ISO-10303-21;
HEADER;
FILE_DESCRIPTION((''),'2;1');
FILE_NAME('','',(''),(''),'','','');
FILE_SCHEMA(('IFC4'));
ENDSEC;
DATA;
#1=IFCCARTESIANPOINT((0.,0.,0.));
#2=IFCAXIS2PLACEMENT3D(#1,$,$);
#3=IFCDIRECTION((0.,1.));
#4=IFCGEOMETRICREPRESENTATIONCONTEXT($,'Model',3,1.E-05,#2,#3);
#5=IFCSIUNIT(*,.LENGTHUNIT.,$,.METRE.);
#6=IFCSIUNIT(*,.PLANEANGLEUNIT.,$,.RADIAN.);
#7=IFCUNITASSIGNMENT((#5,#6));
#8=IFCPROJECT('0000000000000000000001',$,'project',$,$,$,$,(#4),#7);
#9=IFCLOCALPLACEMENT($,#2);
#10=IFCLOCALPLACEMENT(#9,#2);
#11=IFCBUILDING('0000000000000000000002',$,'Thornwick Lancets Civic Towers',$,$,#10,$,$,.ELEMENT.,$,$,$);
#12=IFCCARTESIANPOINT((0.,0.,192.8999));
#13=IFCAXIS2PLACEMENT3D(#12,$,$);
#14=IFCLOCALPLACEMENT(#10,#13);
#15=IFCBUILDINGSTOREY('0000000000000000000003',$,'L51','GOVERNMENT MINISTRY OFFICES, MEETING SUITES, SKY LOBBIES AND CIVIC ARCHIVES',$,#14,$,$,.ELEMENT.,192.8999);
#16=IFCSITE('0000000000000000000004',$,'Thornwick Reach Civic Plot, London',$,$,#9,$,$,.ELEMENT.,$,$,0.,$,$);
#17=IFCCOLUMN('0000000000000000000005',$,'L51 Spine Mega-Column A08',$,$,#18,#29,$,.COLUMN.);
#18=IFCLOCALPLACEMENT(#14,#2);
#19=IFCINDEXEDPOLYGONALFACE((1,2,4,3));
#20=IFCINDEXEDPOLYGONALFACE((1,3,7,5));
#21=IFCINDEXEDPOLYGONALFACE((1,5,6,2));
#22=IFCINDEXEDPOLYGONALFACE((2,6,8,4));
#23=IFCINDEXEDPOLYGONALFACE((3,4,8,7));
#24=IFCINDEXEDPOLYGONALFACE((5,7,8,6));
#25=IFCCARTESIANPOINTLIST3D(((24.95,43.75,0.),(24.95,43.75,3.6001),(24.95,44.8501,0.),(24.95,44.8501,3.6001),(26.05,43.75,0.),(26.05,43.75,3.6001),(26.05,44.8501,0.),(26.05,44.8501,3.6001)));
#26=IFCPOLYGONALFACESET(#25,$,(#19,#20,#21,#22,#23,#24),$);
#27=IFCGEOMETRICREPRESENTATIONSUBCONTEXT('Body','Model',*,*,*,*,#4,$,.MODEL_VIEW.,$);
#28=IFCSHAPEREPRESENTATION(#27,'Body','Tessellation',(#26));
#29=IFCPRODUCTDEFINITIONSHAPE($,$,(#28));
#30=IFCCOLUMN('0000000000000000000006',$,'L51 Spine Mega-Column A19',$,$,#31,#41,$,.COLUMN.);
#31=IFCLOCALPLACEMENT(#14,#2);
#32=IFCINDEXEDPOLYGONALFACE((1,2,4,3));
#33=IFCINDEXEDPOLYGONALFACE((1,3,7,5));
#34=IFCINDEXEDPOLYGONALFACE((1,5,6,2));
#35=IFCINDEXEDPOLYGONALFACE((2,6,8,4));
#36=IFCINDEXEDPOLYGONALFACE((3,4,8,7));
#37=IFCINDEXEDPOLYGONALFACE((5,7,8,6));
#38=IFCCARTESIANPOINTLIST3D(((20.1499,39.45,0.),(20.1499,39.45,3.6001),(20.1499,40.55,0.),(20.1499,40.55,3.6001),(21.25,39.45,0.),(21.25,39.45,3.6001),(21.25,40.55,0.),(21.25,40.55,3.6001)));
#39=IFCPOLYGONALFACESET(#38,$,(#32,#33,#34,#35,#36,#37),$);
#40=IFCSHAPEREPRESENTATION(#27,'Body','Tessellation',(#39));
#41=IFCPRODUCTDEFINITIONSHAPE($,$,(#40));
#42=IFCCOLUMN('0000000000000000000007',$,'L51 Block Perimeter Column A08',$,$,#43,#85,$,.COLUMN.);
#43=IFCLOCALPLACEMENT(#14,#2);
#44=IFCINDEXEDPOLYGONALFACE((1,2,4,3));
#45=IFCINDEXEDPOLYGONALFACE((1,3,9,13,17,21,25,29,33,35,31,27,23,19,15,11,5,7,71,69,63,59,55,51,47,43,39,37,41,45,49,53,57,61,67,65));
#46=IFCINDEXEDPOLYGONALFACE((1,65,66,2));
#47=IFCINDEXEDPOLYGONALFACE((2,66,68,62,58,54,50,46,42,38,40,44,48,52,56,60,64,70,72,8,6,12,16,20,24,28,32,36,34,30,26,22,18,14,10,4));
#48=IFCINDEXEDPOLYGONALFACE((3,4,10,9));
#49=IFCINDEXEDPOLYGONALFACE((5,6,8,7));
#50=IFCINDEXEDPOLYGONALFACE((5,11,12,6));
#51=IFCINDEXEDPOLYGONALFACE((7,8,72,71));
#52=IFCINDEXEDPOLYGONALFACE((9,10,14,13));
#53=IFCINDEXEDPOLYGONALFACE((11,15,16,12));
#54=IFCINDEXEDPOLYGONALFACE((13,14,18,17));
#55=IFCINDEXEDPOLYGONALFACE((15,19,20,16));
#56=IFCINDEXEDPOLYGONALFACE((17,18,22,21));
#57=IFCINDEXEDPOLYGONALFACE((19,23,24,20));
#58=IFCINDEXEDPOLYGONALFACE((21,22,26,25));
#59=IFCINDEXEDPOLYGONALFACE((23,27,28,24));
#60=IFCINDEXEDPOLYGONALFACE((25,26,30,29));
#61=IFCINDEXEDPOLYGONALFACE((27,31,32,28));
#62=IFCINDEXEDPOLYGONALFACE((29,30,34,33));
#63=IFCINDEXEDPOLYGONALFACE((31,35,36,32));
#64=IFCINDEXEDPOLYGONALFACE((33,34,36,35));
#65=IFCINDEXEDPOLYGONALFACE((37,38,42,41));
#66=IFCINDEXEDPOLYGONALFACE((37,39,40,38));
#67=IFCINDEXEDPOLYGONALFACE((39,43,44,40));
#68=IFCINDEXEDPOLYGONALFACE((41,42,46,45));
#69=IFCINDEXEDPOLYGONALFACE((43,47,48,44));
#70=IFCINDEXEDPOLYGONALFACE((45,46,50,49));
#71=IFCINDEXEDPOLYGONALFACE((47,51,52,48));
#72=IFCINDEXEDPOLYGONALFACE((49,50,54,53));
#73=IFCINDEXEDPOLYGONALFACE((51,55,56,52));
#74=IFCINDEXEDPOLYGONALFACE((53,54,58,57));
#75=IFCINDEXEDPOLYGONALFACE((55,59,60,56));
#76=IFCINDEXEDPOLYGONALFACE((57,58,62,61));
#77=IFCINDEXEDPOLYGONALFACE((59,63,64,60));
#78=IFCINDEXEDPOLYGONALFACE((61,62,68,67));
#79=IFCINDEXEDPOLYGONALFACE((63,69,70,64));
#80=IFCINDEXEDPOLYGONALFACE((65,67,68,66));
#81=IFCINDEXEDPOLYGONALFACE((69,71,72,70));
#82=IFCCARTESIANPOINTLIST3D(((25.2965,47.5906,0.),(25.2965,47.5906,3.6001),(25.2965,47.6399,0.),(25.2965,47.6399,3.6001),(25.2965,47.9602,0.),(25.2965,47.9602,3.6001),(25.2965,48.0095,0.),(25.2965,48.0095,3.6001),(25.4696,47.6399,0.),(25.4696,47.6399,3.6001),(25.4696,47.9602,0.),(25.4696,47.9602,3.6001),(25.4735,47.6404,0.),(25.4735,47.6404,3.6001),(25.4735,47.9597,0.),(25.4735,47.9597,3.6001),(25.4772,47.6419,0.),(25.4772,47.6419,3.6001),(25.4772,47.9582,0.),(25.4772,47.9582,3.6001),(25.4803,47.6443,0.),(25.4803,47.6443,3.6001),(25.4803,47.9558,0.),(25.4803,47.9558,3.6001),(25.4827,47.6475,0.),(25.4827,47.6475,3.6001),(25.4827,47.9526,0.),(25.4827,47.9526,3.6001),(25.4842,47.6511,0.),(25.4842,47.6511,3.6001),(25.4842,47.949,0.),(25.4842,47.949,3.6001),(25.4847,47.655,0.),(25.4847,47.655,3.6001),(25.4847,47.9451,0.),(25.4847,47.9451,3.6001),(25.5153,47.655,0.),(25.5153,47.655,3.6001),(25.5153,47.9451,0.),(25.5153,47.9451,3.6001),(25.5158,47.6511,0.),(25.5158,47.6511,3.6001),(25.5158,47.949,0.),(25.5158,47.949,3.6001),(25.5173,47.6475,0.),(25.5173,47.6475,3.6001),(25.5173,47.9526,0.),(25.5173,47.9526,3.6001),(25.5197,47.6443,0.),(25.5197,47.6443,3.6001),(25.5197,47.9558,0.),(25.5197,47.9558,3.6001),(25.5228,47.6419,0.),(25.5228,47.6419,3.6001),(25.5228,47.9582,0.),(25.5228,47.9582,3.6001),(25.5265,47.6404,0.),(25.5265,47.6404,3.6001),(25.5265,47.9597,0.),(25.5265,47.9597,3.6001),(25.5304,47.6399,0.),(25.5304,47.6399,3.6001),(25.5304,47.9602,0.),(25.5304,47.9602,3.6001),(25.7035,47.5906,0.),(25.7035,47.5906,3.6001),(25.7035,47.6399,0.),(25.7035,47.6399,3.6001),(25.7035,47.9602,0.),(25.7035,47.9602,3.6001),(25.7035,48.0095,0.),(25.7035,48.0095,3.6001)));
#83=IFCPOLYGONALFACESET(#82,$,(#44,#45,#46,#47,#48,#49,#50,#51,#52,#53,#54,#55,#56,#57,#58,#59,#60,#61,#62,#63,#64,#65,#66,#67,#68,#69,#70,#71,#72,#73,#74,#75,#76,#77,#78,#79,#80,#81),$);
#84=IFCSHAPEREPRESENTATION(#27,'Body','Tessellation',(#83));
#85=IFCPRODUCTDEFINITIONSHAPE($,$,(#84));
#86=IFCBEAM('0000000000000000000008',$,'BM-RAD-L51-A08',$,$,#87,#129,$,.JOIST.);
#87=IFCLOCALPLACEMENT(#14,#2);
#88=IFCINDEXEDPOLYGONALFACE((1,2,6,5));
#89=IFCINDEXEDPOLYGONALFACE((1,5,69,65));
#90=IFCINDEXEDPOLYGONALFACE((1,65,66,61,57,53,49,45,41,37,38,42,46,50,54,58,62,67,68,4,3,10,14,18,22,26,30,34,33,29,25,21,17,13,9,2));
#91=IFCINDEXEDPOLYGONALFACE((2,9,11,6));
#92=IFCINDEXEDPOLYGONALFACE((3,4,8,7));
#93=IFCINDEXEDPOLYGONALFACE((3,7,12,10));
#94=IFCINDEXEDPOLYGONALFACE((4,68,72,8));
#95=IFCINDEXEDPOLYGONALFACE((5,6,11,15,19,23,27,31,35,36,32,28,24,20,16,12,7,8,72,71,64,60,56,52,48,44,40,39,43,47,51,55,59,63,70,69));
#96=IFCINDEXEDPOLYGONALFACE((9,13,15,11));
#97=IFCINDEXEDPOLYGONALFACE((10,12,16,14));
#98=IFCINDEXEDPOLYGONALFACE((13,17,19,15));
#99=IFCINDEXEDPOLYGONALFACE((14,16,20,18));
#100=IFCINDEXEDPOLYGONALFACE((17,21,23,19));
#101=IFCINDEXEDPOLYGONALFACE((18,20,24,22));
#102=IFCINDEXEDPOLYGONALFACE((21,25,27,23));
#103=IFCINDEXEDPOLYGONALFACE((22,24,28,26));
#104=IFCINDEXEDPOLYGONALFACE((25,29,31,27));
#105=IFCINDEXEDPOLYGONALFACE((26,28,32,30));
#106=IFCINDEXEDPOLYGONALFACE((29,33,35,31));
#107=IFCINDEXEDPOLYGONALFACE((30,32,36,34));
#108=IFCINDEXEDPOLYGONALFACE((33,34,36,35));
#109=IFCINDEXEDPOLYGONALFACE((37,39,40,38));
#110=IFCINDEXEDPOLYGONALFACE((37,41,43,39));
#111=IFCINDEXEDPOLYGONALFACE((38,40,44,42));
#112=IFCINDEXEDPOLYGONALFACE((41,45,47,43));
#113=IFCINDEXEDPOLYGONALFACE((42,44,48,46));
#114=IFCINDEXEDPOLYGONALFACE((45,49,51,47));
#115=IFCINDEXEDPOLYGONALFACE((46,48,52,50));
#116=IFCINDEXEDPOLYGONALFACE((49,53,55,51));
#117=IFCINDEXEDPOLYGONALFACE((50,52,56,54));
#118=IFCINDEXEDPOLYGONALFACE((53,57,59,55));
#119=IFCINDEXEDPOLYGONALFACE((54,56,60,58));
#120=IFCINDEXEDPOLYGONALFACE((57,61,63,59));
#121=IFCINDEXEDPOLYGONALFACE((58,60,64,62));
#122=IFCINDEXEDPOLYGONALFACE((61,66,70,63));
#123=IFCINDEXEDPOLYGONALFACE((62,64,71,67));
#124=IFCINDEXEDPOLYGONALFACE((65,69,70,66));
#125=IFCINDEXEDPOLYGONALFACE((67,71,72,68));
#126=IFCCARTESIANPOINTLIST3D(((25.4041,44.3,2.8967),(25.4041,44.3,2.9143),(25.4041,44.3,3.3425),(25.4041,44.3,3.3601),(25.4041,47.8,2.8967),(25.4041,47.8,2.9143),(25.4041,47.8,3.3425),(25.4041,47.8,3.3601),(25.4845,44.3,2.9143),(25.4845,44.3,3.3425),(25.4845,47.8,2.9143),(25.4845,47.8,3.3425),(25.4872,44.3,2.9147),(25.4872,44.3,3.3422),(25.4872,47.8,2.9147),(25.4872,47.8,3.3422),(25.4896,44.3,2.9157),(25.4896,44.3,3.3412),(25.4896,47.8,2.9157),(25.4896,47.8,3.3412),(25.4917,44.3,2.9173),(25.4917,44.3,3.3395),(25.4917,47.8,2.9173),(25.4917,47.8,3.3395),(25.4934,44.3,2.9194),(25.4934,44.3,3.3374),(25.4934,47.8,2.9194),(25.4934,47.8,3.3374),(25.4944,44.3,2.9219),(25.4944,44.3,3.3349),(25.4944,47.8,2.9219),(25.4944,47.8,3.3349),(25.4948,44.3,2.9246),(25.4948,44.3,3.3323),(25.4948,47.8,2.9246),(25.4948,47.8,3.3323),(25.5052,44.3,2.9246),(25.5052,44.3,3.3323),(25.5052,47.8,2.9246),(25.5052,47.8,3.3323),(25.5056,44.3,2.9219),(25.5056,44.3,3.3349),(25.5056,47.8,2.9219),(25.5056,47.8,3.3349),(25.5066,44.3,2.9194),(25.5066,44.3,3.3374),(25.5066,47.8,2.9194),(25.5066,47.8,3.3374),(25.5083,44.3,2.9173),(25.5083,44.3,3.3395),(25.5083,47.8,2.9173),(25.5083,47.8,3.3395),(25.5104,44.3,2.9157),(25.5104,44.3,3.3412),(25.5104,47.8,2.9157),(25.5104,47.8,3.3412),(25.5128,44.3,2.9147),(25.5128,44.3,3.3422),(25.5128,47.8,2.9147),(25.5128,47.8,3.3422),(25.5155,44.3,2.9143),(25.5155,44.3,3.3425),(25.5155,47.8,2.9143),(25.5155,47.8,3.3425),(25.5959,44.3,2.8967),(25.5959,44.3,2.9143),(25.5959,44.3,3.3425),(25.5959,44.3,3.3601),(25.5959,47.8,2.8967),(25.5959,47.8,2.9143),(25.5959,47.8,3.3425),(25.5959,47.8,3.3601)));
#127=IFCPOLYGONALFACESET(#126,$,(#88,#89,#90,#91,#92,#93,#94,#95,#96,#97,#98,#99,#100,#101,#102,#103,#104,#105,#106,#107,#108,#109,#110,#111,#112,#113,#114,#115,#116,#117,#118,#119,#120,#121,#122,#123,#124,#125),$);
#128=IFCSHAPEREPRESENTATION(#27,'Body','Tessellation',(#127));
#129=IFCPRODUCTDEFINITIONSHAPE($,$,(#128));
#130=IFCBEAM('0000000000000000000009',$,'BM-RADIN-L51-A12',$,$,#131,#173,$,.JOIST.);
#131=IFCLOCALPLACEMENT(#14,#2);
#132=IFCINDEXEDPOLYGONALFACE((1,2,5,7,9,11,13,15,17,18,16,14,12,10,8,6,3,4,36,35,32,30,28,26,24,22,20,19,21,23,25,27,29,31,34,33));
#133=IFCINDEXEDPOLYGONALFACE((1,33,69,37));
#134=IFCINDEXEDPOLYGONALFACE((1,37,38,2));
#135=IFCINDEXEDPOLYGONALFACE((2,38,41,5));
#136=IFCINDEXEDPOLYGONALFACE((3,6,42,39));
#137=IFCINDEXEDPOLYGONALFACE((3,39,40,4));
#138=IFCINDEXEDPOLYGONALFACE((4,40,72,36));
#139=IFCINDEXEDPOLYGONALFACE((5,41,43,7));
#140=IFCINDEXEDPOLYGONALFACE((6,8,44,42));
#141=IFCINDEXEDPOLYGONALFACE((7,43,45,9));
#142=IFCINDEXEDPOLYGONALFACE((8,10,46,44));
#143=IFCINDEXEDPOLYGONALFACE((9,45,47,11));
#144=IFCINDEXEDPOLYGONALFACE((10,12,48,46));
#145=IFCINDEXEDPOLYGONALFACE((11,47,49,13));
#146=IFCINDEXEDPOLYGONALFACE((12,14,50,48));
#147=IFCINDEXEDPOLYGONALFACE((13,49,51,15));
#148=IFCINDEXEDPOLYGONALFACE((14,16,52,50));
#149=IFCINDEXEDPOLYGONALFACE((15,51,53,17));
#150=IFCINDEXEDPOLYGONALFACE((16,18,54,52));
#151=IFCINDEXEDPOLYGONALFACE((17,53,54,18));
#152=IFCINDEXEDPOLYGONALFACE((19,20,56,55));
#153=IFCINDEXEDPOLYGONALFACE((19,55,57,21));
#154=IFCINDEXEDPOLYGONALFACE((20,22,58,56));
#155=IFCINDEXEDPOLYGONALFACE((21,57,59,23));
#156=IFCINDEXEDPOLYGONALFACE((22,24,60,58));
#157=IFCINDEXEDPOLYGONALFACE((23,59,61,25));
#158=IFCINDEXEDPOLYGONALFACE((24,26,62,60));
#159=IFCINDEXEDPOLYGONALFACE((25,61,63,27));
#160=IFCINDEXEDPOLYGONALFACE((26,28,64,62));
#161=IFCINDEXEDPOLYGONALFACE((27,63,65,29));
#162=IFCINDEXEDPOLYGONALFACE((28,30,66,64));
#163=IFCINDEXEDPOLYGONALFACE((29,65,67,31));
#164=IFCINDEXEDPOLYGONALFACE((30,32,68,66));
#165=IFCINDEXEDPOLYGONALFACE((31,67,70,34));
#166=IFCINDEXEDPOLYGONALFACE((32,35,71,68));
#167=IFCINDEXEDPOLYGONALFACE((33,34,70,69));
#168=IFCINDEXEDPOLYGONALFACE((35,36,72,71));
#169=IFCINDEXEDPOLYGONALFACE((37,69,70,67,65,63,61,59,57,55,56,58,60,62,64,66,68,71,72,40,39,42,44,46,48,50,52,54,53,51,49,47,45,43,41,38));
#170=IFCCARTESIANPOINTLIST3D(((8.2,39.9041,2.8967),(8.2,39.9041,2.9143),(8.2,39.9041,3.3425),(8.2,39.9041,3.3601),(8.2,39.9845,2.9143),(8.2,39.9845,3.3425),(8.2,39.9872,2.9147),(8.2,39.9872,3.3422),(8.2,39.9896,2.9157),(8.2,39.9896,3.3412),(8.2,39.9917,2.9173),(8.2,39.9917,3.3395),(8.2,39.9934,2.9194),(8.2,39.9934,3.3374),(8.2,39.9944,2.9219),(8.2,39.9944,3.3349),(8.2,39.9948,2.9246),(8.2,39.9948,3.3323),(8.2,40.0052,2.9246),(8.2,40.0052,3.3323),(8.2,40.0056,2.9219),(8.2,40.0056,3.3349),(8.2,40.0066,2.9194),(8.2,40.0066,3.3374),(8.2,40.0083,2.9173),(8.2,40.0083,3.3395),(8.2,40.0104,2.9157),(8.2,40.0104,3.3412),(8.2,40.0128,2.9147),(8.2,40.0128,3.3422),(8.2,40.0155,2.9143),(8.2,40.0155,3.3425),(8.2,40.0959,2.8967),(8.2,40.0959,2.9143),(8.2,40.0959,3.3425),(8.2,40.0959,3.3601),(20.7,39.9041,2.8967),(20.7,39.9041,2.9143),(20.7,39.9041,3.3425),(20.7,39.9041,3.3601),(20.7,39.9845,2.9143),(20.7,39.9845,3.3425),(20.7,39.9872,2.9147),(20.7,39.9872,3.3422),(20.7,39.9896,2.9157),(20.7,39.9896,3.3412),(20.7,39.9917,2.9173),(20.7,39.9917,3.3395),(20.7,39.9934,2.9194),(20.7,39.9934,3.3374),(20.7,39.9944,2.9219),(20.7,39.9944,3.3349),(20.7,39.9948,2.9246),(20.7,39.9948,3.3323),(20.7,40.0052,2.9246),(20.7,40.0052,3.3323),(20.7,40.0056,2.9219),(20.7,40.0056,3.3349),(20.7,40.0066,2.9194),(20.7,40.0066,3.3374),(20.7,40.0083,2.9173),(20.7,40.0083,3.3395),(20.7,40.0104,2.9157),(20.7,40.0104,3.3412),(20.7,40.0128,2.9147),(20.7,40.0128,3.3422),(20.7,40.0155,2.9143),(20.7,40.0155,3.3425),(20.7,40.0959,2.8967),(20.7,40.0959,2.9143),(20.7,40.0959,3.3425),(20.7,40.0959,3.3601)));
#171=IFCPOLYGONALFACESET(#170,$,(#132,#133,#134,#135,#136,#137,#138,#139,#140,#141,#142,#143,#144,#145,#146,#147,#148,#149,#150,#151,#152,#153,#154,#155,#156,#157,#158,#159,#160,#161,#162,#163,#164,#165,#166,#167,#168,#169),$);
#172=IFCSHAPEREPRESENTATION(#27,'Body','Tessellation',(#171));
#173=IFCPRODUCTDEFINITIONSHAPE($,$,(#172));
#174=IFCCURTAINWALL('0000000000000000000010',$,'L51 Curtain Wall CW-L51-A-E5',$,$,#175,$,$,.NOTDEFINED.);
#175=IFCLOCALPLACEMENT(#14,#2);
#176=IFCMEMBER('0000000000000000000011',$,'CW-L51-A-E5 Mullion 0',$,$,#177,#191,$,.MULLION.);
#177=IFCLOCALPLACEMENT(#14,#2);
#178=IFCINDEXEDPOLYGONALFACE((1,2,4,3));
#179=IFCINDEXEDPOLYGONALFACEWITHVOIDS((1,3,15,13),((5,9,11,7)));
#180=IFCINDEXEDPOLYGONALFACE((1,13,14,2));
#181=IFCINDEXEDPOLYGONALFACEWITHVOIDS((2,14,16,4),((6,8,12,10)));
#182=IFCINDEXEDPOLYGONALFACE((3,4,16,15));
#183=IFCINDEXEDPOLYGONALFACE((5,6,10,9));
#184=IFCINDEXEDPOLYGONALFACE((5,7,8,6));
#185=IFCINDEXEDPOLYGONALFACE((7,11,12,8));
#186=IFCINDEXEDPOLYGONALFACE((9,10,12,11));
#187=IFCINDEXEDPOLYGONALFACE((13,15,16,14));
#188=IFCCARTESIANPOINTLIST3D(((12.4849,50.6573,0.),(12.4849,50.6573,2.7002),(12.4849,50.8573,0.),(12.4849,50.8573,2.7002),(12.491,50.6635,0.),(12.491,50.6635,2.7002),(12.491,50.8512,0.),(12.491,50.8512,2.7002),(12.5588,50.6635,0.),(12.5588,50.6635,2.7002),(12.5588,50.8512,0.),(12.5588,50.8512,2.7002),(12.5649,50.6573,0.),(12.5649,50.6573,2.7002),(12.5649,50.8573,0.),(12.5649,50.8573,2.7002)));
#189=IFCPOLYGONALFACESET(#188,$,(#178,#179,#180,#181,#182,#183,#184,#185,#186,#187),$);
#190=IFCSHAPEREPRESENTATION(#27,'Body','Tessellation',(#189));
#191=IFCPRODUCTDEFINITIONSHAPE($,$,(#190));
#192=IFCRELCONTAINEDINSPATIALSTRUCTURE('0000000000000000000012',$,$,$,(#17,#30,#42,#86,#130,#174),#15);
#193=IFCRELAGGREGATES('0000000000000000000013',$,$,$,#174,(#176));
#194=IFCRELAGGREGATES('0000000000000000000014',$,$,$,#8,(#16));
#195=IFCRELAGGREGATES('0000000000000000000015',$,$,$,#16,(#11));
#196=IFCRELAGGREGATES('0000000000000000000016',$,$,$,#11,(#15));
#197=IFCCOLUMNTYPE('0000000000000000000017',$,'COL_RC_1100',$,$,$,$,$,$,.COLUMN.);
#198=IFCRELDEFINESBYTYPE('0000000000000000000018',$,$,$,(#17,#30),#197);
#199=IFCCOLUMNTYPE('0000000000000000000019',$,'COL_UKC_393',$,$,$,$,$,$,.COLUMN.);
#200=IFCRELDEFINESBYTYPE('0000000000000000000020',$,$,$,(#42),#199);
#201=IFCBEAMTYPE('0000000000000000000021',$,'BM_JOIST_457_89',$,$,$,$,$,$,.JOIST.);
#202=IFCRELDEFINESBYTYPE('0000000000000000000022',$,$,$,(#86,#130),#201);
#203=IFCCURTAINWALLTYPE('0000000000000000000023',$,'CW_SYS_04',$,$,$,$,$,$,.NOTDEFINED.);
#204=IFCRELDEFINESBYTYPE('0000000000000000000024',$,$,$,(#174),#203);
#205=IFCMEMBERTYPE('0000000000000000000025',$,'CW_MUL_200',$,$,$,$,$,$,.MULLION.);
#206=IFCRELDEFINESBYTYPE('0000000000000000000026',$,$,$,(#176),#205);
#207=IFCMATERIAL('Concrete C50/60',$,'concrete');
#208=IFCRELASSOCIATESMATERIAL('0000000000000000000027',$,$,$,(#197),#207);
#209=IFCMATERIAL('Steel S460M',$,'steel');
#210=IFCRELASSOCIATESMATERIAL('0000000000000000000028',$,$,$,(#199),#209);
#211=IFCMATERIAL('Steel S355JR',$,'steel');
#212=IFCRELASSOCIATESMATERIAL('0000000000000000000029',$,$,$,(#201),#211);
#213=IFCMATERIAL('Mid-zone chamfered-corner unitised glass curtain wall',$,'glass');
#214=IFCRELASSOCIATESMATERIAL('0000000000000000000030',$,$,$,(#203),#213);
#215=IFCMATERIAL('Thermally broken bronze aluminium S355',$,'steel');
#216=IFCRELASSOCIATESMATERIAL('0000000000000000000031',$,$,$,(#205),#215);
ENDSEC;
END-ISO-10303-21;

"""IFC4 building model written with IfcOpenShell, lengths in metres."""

from ifc_helpers import new_model, si_unit, direction, frame, origin, origin_2d, place, context, subcontext, project, spatial, rectangle, hollow_rectangle, i_section, extrude, material, material_profile, profile_set, type_object, element, aggregate, save


model = new_model("IFC4")

# Units and contexts
model_context = context("Model", 3, precision=1e-05, world=origin(), true_north=direction((0.0, 1.0)))
body_context = subcontext(model_context, "Body", "Model", "MODEL_VIEW")
ifc_project = project(units=[si_unit("LENGTHUNIT", "METRE"), si_unit("PLANEANGLEUNIT", "RADIAN")], contexts=[model_context])

# Site, building, storey
site_placement = place(None, origin())
site = spatial("IfcSite", under=ifc_project, at=site_placement, Name="Thornwick Reach Civic Plot, London", CompositionType="ELEMENT", RefElevation=0.0)
building_placement = place(site_placement, origin())
building = spatial("IfcBuilding", under=site, at=building_placement, Name="Thornwick Lancets Civic Towers", CompositionType="ELEMENT")
storey_placement = place(building_placement, frame((0.0, 0.0, 192.8999)))
storey = spatial("IfcBuildingStorey", under=building, at=storey_placement, Name="L51", Description="GOVERNMENT MINISTRY OFFICES, MEETING SUITES, SKY LOBBIES AND CIVIC ARCHIVES", CompositionType="ELEMENT", Elevation=192.8999)

# Columns
ifc_material_1 = material(Name="Concrete C50/60", Category="concrete")
ifc_material_profile_1 = material_profile(ifc_material_1, rectangle(XDim=1.1001, YDim=1.1001, at=origin_2d()), Name="RC 1100x1100")
ifc_profile_set_1 = profile_set([ifc_material_profile_1], Name="Concrete C50/60")
column_type_1 = type_object("IfcColumnType", Name="COL_RC_1100", PredefinedType="COLUMN", material=ifc_profile_set_1)
for number, where, z_axis, x_axis, name in (
    (1, (25.5, 44.3, 0.0), (0.0, 0.0, 1.0), (1.0, 0.0, 0.0), "L51 Spine Mega-Column A08"),
    (2, (20.7, 40.0, 0.0), (0.0, 0.0, 1.0), (1.0, 0.0, 0.0), "L51 Spine Mega-Column A19"),
):
    element("IfcColumn", number, at=place(storey_placement, frame(where, z_axis=z_axis, x_axis=x_axis)), inside=storey, type_object=column_type_1, Name=name, PredefinedType="COLUMN", context=body_context, shape_type="SweptSolid", body=[
        extrude(rectangle(XDim=1.1001, YDim=1.1001, at=origin_2d()), origin(), (0.0, 0.0, 1.0), 3.6001),
    ])
ifc_material_2 = material(Name="Steel S460M", Category="steel")
ifc_material_profile_2 = material_profile(ifc_material_2, i_section(OverallWidth=0.407, OverallDepth=0.4189, WebThickness=0.0305, FlangeThickness=0.0493, FilletRadius=0.0151, at=origin_2d()), Name="UKC 356x406x393")
ifc_profile_set_2 = profile_set([ifc_material_profile_2], Name="Steel S460M")
column_type_2 = type_object("IfcColumnType", Name="COL_UKC_393", PredefinedType="COLUMN", material=ifc_profile_set_2)
column_placement = place(storey_placement, frame((25.5, 47.8, 0.0), z_axis=(0.0, 0.0, 1.0), x_axis=(1.0, 0.0, 0.0)))
element("IfcColumn", 3, at=column_placement, inside=storey, type_object=column_type_2, Name="L51 Block Perimeter Column A08", PredefinedType="COLUMN", context=body_context, shape_type="SweptSolid", body=[
    extrude(i_section(OverallWidth=0.407, OverallDepth=0.4189, WebThickness=0.0305, FlangeThickness=0.0493, FilletRadius=0.0151, at=origin_2d()), origin(), (0.0, 0.0, 1.0), 3.6001),
])

# Beams
ifc_material_3 = material(Name="Steel S355JR", Category="steel")
ifc_material_profile_3 = material_profile(ifc_material_3, i_section(OverallWidth=0.1919, OverallDepth=0.4634, WebThickness=0.0105, FlangeThickness=0.0176, FilletRadius=0.0103, at=origin_2d()), Name="UKB 457x191x89")
ifc_profile_set_3 = profile_set([ifc_material_profile_3], Name="Steel S355JR")
beam_type = type_object("IfcBeamType", Name="BM_JOIST_457_89", PredefinedType="JOIST", material=ifc_profile_set_3)
beam_1_placement = place(storey_placement, frame((25.5, 44.3, 3.1284), z_axis=(0.0, 1.0, 0.0), x_axis=(-1.0, 0.0, 0.0)))
element("IfcBeam", 4, at=beam_1_placement, inside=storey, type_object=beam_type, Name="BM-RAD-L51-A08", PredefinedType="JOIST", context=body_context, shape_type="SweptSolid", body=[
    extrude(i_section(OverallWidth=0.1919, OverallDepth=0.4634, WebThickness=0.0105, FlangeThickness=0.0176, FilletRadius=0.0103, at=origin_2d()), origin(), (0.0, 0.0, 1.0), 3.5),
])
beam_2_placement = place(storey_placement, frame((20.7, 40.0, 3.1284), z_axis=(-1.0, 0.0, 0.0), x_axis=(0.0, -1.0, 0.0)))
element("IfcBeam", 5, at=beam_2_placement, inside=storey, type_object=beam_type, Name="BM-RADIN-L51-A12", PredefinedType="JOIST", context=body_context, shape_type="SweptSolid", body=[
    extrude(i_section(OverallWidth=0.1919, OverallDepth=0.4634, WebThickness=0.0105, FlangeThickness=0.0176, FilletRadius=0.0103, at=origin_2d()), origin(), (0.0, 0.0, 1.0), 12.5),
])

# Curtain wall, member
ifc_material_4 = material(Name="Mid-zone chamfered-corner unitised glass curtain wall", Category="glass")
curtain_wall_type = type_object("IfcCurtainWallType", Name="CW_SYS_04", PredefinedType="NOTDEFINED", material=ifc_material_4)
curtain_wall_placement = place(storey_placement, origin())
curtain_wall = element("IfcCurtainWall", 6, at=curtain_wall_placement, inside=storey, type_object=curtain_wall_type, Name="L51 Curtain Wall CW-L51-A-E5", PredefinedType="NOTDEFINED")
ifc_material_5 = material(Name="Thermally broken bronze aluminium S355", Category="steel")
ifc_material_profile_4 = material_profile(ifc_material_5, hollow_rectangle(XDim=0.0801, YDim=0.2, WallThickness=0.0061, at=origin_2d()), Name="RHS 200x80x6")
ifc_profile_set_4 = profile_set([ifc_material_profile_4], Name="Thermally broken bronze aluminium S355")
member_type = type_object("IfcMemberType", Name="CW_MUL_200", PredefinedType="MULLION", material=ifc_profile_set_4)
member_placement = place(storey_placement, frame((12.5249, 50.7573, 0.0), z_axis=(0.0, 0.0, 1.0), x_axis=(1.0, 0.0, 0.0)))
member = element("IfcMember", 7, at=member_placement, type_object=member_type, Name="CW-L51-A-E5 Mullion 0", PredefinedType="MULLION", context=body_context, shape_type="SweptSolid", body=[
    extrude(hollow_rectangle(XDim=0.0801, YDim=0.2, WallThickness=0.0061, at=origin_2d()), origin(), (0.0, 0.0, 1.0), 2.7002),
])
aggregate(curtain_wall, [member])

save(model, "model.ifc")
